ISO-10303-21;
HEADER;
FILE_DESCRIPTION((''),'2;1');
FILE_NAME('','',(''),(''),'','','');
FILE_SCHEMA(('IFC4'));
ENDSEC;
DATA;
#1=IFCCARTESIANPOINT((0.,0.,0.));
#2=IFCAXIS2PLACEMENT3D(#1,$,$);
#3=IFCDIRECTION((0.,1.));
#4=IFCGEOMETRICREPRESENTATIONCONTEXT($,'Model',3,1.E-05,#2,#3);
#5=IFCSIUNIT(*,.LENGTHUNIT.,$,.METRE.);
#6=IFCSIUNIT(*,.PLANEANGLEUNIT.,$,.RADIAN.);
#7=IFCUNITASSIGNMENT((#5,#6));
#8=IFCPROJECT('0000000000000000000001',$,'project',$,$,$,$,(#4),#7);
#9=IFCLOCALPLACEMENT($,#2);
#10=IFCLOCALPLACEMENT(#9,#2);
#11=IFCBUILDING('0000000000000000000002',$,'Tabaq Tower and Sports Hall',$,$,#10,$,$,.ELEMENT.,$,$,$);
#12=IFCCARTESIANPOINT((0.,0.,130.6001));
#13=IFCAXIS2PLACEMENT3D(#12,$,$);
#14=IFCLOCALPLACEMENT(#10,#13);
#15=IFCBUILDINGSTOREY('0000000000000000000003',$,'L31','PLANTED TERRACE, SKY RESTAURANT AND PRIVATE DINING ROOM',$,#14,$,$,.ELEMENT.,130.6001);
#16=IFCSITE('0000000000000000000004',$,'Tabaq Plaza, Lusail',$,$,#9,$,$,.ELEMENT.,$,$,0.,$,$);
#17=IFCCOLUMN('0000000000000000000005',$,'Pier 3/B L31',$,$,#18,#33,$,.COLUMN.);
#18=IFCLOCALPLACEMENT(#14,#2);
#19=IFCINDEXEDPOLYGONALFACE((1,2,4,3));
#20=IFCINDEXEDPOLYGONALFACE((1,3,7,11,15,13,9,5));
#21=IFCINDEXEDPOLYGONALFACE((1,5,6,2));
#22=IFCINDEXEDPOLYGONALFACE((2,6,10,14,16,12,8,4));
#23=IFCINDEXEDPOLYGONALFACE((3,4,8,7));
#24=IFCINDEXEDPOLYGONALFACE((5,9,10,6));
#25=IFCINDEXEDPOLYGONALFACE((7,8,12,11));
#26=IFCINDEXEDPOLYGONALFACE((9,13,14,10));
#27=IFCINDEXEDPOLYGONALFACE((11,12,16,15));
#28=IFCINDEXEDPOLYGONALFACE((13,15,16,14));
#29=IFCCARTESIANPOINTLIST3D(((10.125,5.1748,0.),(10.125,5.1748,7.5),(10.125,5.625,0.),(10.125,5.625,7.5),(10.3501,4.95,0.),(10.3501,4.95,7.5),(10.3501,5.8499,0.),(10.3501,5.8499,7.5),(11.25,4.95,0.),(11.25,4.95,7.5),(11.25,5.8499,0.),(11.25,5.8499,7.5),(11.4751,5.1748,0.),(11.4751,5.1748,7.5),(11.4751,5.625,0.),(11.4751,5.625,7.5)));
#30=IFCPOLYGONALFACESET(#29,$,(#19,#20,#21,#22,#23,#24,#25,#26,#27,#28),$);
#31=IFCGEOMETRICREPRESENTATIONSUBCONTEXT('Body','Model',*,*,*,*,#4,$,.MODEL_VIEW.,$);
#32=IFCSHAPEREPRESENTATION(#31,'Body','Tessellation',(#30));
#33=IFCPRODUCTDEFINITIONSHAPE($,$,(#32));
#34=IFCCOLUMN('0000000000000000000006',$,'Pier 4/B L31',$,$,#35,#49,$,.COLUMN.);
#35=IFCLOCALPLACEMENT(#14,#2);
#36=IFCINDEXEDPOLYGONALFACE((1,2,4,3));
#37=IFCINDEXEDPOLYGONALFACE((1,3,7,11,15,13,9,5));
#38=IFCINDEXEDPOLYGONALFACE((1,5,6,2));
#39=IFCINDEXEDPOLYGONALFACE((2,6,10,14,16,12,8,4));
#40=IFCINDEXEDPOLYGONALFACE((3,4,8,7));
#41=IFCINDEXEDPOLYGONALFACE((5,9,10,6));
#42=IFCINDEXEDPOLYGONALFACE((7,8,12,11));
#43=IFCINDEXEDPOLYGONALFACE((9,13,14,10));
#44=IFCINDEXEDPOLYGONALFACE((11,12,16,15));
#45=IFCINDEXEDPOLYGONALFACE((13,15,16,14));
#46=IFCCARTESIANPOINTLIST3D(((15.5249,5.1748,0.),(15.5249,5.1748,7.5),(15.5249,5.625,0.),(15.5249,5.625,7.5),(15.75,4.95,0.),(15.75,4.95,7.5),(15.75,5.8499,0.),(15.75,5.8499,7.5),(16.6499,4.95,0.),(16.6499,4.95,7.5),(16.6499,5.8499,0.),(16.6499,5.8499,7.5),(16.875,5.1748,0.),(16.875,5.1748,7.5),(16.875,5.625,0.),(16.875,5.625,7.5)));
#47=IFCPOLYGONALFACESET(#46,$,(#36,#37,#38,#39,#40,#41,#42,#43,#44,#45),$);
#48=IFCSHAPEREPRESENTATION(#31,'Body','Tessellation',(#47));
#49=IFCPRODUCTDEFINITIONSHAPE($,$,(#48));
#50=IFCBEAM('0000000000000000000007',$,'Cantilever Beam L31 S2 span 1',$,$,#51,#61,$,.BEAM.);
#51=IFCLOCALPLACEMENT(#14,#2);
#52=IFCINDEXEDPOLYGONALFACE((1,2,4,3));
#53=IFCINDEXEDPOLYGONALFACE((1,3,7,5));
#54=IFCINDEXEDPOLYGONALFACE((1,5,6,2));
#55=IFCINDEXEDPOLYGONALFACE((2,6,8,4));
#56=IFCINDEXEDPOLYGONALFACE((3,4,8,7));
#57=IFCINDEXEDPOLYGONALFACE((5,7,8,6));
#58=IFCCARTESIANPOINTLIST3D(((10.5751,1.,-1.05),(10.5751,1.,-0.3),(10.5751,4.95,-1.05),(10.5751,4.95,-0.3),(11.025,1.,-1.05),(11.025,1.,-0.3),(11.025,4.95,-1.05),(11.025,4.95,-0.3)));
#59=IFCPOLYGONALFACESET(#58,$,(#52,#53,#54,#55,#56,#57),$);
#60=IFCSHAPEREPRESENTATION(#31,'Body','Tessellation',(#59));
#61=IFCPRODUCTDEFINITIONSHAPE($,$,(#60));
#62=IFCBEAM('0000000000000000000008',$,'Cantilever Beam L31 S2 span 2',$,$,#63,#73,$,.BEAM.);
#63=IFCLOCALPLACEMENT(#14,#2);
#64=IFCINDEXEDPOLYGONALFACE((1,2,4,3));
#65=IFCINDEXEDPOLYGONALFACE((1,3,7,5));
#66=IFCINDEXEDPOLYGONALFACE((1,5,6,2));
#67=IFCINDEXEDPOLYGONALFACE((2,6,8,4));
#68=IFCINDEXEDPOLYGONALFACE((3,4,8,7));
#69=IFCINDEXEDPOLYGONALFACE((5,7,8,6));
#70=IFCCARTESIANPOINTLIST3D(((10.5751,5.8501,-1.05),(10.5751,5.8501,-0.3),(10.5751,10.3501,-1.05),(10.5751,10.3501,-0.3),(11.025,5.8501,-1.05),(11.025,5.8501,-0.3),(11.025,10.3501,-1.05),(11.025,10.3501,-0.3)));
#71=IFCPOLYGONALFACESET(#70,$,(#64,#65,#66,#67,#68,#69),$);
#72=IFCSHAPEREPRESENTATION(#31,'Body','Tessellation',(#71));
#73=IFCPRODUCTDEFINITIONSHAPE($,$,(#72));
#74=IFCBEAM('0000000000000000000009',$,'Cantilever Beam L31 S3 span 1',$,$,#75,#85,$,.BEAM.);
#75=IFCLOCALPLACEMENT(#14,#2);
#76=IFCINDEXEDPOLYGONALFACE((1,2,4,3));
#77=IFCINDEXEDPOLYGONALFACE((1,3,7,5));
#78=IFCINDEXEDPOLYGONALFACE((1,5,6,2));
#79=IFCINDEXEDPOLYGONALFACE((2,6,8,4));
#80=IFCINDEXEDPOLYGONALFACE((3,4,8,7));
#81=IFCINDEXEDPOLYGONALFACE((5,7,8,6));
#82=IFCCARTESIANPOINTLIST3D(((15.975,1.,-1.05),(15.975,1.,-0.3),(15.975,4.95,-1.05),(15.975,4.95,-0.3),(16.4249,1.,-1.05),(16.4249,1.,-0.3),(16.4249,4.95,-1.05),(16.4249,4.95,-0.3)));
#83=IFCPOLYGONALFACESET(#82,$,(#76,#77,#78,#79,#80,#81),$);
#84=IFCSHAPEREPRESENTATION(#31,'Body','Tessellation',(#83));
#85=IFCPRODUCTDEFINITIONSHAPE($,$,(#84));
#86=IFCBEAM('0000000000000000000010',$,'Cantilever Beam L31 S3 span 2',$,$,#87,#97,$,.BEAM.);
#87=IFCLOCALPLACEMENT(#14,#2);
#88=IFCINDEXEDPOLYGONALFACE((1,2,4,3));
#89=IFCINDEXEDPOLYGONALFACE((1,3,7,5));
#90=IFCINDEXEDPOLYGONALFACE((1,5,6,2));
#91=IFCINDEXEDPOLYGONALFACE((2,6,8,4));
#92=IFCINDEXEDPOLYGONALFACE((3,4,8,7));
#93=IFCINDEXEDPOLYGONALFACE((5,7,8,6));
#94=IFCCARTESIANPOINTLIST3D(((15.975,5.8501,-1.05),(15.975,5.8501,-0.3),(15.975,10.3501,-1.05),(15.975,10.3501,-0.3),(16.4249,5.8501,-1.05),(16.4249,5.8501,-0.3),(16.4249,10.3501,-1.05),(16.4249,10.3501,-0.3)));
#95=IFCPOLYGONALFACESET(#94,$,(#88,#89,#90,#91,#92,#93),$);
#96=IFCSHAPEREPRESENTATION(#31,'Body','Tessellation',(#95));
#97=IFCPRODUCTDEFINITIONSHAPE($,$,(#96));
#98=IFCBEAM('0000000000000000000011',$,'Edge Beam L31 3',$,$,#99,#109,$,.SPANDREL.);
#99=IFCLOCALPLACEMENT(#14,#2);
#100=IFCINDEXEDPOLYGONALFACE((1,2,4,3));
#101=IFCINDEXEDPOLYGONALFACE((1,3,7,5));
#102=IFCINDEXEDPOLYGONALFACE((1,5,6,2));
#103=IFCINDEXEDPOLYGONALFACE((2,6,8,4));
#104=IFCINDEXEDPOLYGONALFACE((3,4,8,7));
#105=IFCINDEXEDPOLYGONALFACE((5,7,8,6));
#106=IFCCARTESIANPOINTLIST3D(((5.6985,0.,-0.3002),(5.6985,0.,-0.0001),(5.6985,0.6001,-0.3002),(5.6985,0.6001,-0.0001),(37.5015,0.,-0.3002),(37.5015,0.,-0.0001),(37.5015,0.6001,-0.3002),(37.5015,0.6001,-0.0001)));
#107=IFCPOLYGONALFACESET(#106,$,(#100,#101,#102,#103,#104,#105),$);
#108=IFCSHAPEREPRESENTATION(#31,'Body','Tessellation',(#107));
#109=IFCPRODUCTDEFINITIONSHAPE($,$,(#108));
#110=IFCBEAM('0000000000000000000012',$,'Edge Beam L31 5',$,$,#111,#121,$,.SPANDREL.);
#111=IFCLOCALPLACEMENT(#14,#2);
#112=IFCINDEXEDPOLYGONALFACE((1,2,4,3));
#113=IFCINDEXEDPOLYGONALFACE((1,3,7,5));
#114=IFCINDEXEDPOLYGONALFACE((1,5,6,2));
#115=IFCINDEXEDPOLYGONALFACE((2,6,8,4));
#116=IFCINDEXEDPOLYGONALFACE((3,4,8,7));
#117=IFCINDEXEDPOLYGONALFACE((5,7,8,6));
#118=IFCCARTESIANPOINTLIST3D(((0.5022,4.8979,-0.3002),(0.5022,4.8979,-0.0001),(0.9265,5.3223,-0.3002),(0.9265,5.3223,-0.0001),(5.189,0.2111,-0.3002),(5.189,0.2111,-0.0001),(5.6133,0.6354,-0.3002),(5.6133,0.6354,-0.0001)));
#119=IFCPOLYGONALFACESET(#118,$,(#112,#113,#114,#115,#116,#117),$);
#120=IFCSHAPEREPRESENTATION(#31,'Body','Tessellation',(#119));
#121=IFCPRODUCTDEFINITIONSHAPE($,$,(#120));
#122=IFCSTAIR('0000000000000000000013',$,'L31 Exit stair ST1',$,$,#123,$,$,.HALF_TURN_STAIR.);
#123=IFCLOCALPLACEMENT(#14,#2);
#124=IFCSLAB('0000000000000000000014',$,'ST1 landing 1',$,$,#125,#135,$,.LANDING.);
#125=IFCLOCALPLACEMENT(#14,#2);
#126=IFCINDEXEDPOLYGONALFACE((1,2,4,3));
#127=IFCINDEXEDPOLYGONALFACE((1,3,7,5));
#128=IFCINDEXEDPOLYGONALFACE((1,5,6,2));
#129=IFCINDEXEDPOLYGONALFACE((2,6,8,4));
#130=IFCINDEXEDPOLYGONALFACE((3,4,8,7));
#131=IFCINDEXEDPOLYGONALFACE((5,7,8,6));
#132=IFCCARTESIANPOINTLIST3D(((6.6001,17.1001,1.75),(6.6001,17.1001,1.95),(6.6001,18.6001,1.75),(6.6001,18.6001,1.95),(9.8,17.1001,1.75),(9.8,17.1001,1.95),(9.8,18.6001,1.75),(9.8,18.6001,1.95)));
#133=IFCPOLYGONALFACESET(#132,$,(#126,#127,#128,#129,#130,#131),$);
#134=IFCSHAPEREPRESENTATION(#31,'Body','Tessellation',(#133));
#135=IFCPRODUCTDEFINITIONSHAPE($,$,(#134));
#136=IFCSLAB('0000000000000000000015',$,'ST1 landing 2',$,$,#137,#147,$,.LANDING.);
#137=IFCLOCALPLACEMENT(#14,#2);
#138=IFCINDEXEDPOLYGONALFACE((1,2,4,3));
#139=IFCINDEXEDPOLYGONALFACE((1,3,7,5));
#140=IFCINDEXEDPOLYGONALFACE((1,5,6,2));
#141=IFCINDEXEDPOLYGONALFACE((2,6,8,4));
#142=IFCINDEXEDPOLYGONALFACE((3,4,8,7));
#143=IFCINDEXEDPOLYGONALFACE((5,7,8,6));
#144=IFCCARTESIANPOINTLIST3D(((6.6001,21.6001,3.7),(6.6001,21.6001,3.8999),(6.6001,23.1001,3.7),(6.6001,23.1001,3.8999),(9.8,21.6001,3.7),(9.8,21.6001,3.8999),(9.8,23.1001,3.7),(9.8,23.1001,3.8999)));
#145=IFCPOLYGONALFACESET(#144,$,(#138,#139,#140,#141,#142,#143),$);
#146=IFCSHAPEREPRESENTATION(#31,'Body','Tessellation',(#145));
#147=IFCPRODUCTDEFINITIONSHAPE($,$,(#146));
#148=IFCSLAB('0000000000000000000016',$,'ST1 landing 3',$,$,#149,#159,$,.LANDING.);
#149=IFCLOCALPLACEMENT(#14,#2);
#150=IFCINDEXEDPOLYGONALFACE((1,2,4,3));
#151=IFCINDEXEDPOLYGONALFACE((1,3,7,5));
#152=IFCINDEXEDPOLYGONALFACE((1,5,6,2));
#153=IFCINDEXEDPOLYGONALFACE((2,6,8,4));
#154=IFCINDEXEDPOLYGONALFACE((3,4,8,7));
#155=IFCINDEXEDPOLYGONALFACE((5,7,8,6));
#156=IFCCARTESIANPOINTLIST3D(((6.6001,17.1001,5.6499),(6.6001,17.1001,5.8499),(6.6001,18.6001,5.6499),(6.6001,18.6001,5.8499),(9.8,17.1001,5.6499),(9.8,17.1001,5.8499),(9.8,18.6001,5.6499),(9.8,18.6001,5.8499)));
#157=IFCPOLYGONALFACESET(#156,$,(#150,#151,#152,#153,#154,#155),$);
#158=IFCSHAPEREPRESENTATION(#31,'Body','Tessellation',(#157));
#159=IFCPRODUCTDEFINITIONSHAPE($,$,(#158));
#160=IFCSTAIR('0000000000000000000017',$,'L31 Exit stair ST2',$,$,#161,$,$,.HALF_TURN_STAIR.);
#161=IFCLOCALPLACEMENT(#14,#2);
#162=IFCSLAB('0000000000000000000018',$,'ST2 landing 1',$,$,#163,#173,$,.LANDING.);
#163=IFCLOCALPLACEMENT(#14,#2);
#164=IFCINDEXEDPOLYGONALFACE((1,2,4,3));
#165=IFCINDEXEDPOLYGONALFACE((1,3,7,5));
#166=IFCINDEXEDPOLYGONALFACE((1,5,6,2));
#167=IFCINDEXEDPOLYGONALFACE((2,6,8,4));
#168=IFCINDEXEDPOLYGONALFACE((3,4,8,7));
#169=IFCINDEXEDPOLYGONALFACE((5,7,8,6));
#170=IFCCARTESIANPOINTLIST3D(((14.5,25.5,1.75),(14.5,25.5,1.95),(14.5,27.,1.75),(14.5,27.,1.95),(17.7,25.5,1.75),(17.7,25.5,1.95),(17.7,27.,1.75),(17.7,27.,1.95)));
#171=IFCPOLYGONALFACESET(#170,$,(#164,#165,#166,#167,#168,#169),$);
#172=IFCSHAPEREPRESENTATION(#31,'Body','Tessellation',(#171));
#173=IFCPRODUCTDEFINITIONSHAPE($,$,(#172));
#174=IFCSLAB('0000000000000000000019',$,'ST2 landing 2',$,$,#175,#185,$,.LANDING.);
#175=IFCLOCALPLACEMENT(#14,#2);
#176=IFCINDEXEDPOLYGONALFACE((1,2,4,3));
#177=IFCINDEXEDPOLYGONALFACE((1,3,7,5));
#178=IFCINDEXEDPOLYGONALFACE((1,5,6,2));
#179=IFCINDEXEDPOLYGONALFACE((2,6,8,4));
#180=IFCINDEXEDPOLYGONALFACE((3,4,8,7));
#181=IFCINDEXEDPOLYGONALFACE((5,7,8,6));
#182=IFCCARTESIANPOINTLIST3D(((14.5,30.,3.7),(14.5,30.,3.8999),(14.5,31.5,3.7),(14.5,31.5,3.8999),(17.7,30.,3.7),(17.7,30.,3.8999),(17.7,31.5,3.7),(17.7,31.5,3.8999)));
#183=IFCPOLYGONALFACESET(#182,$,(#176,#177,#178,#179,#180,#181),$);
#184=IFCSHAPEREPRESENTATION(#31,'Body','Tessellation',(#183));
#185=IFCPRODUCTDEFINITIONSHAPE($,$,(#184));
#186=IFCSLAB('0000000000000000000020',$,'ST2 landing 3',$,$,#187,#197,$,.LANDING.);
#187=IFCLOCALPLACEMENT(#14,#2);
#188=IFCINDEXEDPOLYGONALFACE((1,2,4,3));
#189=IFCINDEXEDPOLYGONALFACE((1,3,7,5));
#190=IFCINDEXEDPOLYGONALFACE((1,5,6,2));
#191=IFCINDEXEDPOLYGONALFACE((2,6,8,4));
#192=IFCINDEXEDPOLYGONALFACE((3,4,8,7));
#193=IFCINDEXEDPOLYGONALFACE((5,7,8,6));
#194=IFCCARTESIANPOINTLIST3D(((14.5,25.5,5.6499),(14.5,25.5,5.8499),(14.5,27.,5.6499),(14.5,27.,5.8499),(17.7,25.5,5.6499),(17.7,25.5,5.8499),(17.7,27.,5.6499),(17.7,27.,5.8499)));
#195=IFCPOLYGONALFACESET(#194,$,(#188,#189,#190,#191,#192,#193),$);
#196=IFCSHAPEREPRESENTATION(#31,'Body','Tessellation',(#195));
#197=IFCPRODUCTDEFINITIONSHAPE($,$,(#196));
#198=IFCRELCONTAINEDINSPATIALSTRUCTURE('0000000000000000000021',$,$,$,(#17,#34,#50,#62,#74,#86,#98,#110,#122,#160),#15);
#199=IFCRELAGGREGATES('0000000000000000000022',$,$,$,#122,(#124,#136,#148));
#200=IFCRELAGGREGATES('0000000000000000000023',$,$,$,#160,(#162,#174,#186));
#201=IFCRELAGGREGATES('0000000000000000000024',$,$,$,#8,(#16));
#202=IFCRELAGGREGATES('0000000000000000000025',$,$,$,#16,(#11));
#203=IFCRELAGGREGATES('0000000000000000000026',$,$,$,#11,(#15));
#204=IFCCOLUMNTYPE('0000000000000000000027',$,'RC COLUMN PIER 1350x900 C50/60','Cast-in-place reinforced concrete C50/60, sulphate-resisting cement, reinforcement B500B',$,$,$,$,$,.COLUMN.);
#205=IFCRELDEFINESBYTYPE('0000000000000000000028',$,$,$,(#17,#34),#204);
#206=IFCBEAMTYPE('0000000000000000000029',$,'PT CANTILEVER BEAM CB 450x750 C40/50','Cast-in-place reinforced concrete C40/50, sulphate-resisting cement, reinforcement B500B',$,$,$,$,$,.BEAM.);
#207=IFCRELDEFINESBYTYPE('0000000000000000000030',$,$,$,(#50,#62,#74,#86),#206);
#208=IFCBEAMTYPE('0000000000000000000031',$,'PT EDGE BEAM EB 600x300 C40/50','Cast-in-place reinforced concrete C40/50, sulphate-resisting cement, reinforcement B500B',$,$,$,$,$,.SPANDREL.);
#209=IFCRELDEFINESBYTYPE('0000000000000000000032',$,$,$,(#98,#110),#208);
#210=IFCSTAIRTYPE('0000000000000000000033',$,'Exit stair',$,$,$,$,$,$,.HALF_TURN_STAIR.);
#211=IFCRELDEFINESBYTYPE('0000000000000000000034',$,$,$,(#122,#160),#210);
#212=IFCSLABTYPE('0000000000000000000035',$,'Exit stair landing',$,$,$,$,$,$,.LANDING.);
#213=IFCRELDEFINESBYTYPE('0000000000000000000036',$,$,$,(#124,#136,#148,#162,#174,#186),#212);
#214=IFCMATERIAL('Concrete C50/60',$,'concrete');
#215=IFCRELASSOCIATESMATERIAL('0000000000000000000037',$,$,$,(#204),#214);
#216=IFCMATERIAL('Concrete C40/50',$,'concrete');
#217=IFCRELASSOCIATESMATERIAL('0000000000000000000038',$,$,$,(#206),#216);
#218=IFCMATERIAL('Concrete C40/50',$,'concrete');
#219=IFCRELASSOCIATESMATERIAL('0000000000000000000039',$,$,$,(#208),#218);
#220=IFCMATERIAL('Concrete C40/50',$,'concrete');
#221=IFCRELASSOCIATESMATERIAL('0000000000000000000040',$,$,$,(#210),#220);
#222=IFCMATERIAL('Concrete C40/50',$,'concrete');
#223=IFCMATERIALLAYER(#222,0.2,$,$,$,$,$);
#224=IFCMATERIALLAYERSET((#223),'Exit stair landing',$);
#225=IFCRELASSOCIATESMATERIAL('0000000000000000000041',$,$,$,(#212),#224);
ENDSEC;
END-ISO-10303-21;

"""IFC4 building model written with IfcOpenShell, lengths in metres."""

from ifc_helpers import new_model, si_unit, direction, frame, origin, origin_2d, place, context, subcontext, project, spatial, polyline, rectangle, outline, extrude, material, layer, layer_set, material_profile, profile_set, type_object, element, aggregate, save


model = new_model("IFC4")

# Units and contexts
model_context = context("Model", 3, precision=1e-05, world=origin(), true_north=direction((0.0, 1.0)))
body_context = subcontext(model_context, "Body", "Model", "MODEL_VIEW")
ifc_project = project(units=[si_unit("LENGTHUNIT", "METRE"), si_unit("PLANEANGLEUNIT", "RADIAN")], contexts=[model_context])

# Site, building, storey
site_placement = place(None, origin())
site = spatial("IfcSite", under=ifc_project, at=site_placement, Name="Tabaq Plaza, Lusail", CompositionType="ELEMENT", RefElevation=0.0)
building_placement = place(site_placement, origin())
building = spatial("IfcBuilding", under=site, at=building_placement, Name="Tabaq Tower and Sports Hall", CompositionType="ELEMENT")
storey_placement = place(building_placement, frame((0.0, 0.0, 130.6001)))
storey = spatial("IfcBuildingStorey", under=building, at=storey_placement, Name="L31", Description="PLANTED TERRACE, SKY RESTAURANT AND PRIVATE DINING ROOM", CompositionType="ELEMENT", Elevation=130.6001)

# Columns
ifc_material_1 = material(Name="Concrete C50/60", Category="concrete")
ifc_material_profile_1 = material_profile(ifc_material_1, outline(polyline([(-0.45, -0.45), (0.45, -0.45), (0.675, -0.2251), (0.675, 0.2251), (0.45, 0.45), (-0.45, 0.45), (-0.675, 0.2251), (-0.675, -0.2251), (-0.45, -0.45)])), Name="PIER 1350x900")
ifc_profile_set_1 = profile_set([ifc_material_profile_1], Name="Concrete C50/60")
column_type = type_object("IfcColumnType", Name="RC COLUMN PIER 1350x900 C50/60", Description="Cast-in-place reinforced concrete C50/60, sulphate-resisting cement, reinforcement B500B", PredefinedType="COLUMN", material=ifc_profile_set_1)
for number, where, z_axis, x_axis, name in (
    (1, (10.8, 5.3999, 0.0), (0.0, 0.0, 1.0), (1.0, 0.0, 0.0), "Pier 3/B L31"),
    (2, (16.2, 5.3999, 0.0), (0.0, 0.0, 1.0), (1.0, 0.0, 0.0), "Pier 4/B L31"),
):
    element("IfcColumn", number, at=place(storey_placement, frame(where, z_axis=z_axis, x_axis=x_axis)), inside=storey, type_object=column_type, Name=name, PredefinedType="COLUMN", context=body_context, shape_type="SweptSolid", body=[
        extrude(outline(polyline([(-0.45, -0.45), (0.45, -0.45), (0.675, -0.2251), (0.675, 0.2251), (0.45, 0.45), (-0.45, 0.45), (-0.675, 0.2251), (-0.675, -0.2251), (-0.45, -0.45)])), origin(), (0.0, 0.0, 1.0), 7.5),
    ])

# Beams
ifc_material_2 = material(Name="Concrete C40/50", Category="concrete")
ifc_material_profile_2 = material_profile(ifc_material_2, rectangle(XDim=0.45, YDim=0.75, at=origin_2d()), Name="CB 450x750")
ifc_profile_set_2 = profile_set([ifc_material_profile_2], Name="Concrete C40/50")
beam_type_1 = type_object("IfcBeamType", Name="PT CANTILEVER BEAM CB 450x750 C40/50", Description="Cast-in-place reinforced concrete C40/50, sulphate-resisting cement, reinforcement B500B", PredefinedType="BEAM", material=ifc_profile_set_2)
beam_1_placement = place(storey_placement, frame((10.8, 1.0, -0.675), z_axis=(0.0, 1.0, 0.0), x_axis=(-1.0, 0.0, 0.0)))
element("IfcBeam", 3, at=beam_1_placement, inside=storey, type_object=beam_type_1, Name="Cantilever Beam L31 S2 span 1", PredefinedType="BEAM", context=body_context, shape_type="SweptSolid", body=[
    extrude(rectangle(XDim=0.45, YDim=0.75, at=origin_2d()), origin(), (0.0, 0.0, 1.0), 3.95),
])
beam_2_placement = place(storey_placement, frame((10.8, 5.8501, -0.675), z_axis=(0.0, 1.0, 0.0), x_axis=(-1.0, 0.0, 0.0)))
element("IfcBeam", 4, at=beam_2_placement, inside=storey, type_object=beam_type_1, Name="Cantilever Beam L31 S2 span 2", PredefinedType="BEAM", context=body_context, shape_type="SweptSolid", body=[
    extrude(rectangle(XDim=0.45, YDim=0.75, at=origin_2d()), origin(), (0.0, 0.0, 1.0), 4.5),
])
beam_3_placement = place(storey_placement, frame((16.2, 1.0, -0.675), z_axis=(0.0, 1.0, 0.0), x_axis=(-1.0, 0.0, 0.0)))
element("IfcBeam", 5, at=beam_3_placement, inside=storey, type_object=beam_type_1, Name="Cantilever Beam L31 S3 span 1", PredefinedType="BEAM", context=body_context, shape_type="SweptSolid", body=[
    extrude(rectangle(XDim=0.45, YDim=0.75, at=origin_2d()), origin(), (0.0, 0.0, 1.0), 3.95),
])
beam_4_placement = place(storey_placement, frame((16.2, 5.8501, -0.675), z_axis=(0.0, 1.0, 0.0), x_axis=(-1.0, 0.0, 0.0)))
element("IfcBeam", 6, at=beam_4_placement, inside=storey, type_object=beam_type_1, Name="Cantilever Beam L31 S3 span 2", PredefinedType="BEAM", context=body_context, shape_type="SweptSolid", body=[
    extrude(rectangle(XDim=0.45, YDim=0.75, at=origin_2d()), origin(), (0.0, 0.0, 1.0), 4.5),
])
ifc_material_3 = material(Name="Concrete C40/50", Category="concrete")
ifc_material_profile_3 = material_profile(ifc_material_3, rectangle(XDim=0.6001, YDim=0.3, at=origin_2d()), Name="EB 600x300")
ifc_profile_set_3 = profile_set([ifc_material_profile_3], Name="Concrete C40/50")
beam_type_2 = type_object("IfcBeamType", Name="PT EDGE BEAM EB 600x300 C40/50", Description="Cast-in-place reinforced concrete C40/50, sulphate-resisting cement, reinforcement B500B", PredefinedType="SPANDREL", material=ifc_profile_set_3)
beam_5_placement = place(storey_placement, frame((5.6985, 0.3, -0.1501), z_axis=(1.0, 0.0, 0.0), x_axis=(0.0, 1.0, 0.0)))
element("IfcBeam", 7, at=beam_5_placement, inside=storey, type_object=beam_type_2, Name="Edge Beam L31 3", PredefinedType="SPANDREL", context=body_context, shape_type="SweptSolid", body=[
    extrude(rectangle(XDim=0.6001, YDim=0.3, at=origin_2d()), origin(), (0.0, 0.0, 1.0), 31.803),
])
beam_6_placement = place(storey_placement, frame((0.7144, 5.1101, -0.1501), z_axis=(0.707107, -0.707107, 0.0), x_axis=(0.707107, 0.707107, 0.0)))
element("IfcBeam", 8, at=beam_6_placement, inside=storey, type_object=beam_type_2, Name="Edge Beam L31 5", PredefinedType="SPANDREL", context=body_context, shape_type="SweptSolid", body=[
    extrude(rectangle(XDim=0.6001, YDim=0.3, at=origin_2d()), origin(), (0.0, 0.0, 1.0), 6.6282),
])

# Stairs, slabs
ifc_material_4 = material(Name="Concrete C40/50", Category="concrete")
stair_type = type_object("IfcStairType", Name="Exit stair", PredefinedType="HALF_TURN_STAIR", material=ifc_material_4)
stair_1_placement = place(storey_placement, origin())
stair_1 = element("IfcStair", 9, at=stair_1_placement, inside=storey, type_object=stair_type, Name="L31 Exit stair ST1", PredefinedType="HALF_TURN_STAIR")
ifc_material_5 = material(Name="Concrete C40/50", Category="concrete")
ifc_layer_1 = layer(ifc_material_5, 0.2)
ifc_layer_set_1 = layer_set([ifc_layer_1], Name="Exit stair landing")
slab_type = type_object("IfcSlabType", Name="Exit stair landing", PredefinedType="LANDING", material=ifc_layer_set_1)
slab_1_placement = place(storey_placement, frame((0.0, 0.0, 1.75)))
slab_1 = element("IfcSlab", 10, at=slab_1_placement, type_object=slab_type, Name="ST1 landing 1", PredefinedType="LANDING", context=body_context, shape_type="SweptSolid", body=[
    extrude(outline(polyline([(6.6001, 18.6001), (6.6001, 17.1001), (9.8, 17.1001), (9.8, 18.6001), (6.6001, 18.6001)])), origin(), (0.0, 0.0, 1.0), 0.2),
])
slab_2_placement = place(storey_placement, frame((0.0, 0.0, 3.7)))
slab_2 = element("IfcSlab", 11, at=slab_2_placement, type_object=slab_type, Name="ST1 landing 2", PredefinedType="LANDING", context=body_context, shape_type="SweptSolid", body=[
    extrude(outline(polyline([(6.6001, 23.1001), (6.6001, 21.6001), (9.8, 21.6001), (9.8, 23.1001), (6.6001, 23.1001)])), origin(), (0.0, 0.0, 1.0), 0.2),
])
slab_3_placement = place(storey_placement, frame((0.0, 0.0, 5.6499)))
slab_3 = element("IfcSlab", 12, at=slab_3_placement, type_object=slab_type, Name="ST1 landing 3", PredefinedType="LANDING", context=body_context, shape_type="SweptSolid", body=[
    extrude(outline(polyline([(6.6001, 18.6001), (6.6001, 17.1001), (9.8, 17.1001), (9.8, 18.6001), (6.6001, 18.6001)])), origin(), (0.0, 0.0, 1.0), 0.2),
])
aggregate(stair_1, [slab_1, slab_2, slab_3])
stair_2_placement = place(storey_placement, origin())
stair_2 = element("IfcStair", 13, at=stair_2_placement, inside=storey, type_object=stair_type, Name="L31 Exit stair ST2", PredefinedType="HALF_TURN_STAIR")
slab_4_placement = place(storey_placement, frame((0.0, 0.0, 1.75)))
slab_4 = element("IfcSlab", 14, at=slab_4_placement, type_object=slab_type, Name="ST2 landing 1", PredefinedType="LANDING", context=body_context, shape_type="SweptSolid", body=[
    extrude(outline(polyline([(14.5, 27.0), (14.5, 25.5), (17.7, 25.5), (17.7, 27.0), (14.5, 27.0)])), origin(), (0.0, 0.0, 1.0), 0.2),
])
slab_5_placement = place(storey_placement, frame((0.0, 0.0, 3.7)))
slab_5 = element("IfcSlab", 15, at=slab_5_placement, type_object=slab_type, Name="ST2 landing 2", PredefinedType="LANDING", context=body_context, shape_type="SweptSolid", body=[
    extrude(outline(polyline([(14.5, 31.5), (14.5, 30.0), (17.7, 30.0), (17.7, 31.5), (14.5, 31.5)])), origin(), (0.0, 0.0, 1.0), 0.2),
])
slab_6_placement = place(storey_placement, frame((0.0, 0.0, 5.6499)))
slab_6 = element("IfcSlab", 16, at=slab_6_placement, type_object=slab_type, Name="ST2 landing 3", PredefinedType="LANDING", context=body_context, shape_type="SweptSolid", body=[
    extrude(outline(polyline([(14.5, 27.0), (14.5, 25.5), (17.7, 25.5), (17.7, 27.0), (14.5, 27.0)])), origin(), (0.0, 0.0, 1.0), 0.2),
])
aggregate(stair_2, [slab_4, slab_5, slab_6])

save(model, "model.ifc")
